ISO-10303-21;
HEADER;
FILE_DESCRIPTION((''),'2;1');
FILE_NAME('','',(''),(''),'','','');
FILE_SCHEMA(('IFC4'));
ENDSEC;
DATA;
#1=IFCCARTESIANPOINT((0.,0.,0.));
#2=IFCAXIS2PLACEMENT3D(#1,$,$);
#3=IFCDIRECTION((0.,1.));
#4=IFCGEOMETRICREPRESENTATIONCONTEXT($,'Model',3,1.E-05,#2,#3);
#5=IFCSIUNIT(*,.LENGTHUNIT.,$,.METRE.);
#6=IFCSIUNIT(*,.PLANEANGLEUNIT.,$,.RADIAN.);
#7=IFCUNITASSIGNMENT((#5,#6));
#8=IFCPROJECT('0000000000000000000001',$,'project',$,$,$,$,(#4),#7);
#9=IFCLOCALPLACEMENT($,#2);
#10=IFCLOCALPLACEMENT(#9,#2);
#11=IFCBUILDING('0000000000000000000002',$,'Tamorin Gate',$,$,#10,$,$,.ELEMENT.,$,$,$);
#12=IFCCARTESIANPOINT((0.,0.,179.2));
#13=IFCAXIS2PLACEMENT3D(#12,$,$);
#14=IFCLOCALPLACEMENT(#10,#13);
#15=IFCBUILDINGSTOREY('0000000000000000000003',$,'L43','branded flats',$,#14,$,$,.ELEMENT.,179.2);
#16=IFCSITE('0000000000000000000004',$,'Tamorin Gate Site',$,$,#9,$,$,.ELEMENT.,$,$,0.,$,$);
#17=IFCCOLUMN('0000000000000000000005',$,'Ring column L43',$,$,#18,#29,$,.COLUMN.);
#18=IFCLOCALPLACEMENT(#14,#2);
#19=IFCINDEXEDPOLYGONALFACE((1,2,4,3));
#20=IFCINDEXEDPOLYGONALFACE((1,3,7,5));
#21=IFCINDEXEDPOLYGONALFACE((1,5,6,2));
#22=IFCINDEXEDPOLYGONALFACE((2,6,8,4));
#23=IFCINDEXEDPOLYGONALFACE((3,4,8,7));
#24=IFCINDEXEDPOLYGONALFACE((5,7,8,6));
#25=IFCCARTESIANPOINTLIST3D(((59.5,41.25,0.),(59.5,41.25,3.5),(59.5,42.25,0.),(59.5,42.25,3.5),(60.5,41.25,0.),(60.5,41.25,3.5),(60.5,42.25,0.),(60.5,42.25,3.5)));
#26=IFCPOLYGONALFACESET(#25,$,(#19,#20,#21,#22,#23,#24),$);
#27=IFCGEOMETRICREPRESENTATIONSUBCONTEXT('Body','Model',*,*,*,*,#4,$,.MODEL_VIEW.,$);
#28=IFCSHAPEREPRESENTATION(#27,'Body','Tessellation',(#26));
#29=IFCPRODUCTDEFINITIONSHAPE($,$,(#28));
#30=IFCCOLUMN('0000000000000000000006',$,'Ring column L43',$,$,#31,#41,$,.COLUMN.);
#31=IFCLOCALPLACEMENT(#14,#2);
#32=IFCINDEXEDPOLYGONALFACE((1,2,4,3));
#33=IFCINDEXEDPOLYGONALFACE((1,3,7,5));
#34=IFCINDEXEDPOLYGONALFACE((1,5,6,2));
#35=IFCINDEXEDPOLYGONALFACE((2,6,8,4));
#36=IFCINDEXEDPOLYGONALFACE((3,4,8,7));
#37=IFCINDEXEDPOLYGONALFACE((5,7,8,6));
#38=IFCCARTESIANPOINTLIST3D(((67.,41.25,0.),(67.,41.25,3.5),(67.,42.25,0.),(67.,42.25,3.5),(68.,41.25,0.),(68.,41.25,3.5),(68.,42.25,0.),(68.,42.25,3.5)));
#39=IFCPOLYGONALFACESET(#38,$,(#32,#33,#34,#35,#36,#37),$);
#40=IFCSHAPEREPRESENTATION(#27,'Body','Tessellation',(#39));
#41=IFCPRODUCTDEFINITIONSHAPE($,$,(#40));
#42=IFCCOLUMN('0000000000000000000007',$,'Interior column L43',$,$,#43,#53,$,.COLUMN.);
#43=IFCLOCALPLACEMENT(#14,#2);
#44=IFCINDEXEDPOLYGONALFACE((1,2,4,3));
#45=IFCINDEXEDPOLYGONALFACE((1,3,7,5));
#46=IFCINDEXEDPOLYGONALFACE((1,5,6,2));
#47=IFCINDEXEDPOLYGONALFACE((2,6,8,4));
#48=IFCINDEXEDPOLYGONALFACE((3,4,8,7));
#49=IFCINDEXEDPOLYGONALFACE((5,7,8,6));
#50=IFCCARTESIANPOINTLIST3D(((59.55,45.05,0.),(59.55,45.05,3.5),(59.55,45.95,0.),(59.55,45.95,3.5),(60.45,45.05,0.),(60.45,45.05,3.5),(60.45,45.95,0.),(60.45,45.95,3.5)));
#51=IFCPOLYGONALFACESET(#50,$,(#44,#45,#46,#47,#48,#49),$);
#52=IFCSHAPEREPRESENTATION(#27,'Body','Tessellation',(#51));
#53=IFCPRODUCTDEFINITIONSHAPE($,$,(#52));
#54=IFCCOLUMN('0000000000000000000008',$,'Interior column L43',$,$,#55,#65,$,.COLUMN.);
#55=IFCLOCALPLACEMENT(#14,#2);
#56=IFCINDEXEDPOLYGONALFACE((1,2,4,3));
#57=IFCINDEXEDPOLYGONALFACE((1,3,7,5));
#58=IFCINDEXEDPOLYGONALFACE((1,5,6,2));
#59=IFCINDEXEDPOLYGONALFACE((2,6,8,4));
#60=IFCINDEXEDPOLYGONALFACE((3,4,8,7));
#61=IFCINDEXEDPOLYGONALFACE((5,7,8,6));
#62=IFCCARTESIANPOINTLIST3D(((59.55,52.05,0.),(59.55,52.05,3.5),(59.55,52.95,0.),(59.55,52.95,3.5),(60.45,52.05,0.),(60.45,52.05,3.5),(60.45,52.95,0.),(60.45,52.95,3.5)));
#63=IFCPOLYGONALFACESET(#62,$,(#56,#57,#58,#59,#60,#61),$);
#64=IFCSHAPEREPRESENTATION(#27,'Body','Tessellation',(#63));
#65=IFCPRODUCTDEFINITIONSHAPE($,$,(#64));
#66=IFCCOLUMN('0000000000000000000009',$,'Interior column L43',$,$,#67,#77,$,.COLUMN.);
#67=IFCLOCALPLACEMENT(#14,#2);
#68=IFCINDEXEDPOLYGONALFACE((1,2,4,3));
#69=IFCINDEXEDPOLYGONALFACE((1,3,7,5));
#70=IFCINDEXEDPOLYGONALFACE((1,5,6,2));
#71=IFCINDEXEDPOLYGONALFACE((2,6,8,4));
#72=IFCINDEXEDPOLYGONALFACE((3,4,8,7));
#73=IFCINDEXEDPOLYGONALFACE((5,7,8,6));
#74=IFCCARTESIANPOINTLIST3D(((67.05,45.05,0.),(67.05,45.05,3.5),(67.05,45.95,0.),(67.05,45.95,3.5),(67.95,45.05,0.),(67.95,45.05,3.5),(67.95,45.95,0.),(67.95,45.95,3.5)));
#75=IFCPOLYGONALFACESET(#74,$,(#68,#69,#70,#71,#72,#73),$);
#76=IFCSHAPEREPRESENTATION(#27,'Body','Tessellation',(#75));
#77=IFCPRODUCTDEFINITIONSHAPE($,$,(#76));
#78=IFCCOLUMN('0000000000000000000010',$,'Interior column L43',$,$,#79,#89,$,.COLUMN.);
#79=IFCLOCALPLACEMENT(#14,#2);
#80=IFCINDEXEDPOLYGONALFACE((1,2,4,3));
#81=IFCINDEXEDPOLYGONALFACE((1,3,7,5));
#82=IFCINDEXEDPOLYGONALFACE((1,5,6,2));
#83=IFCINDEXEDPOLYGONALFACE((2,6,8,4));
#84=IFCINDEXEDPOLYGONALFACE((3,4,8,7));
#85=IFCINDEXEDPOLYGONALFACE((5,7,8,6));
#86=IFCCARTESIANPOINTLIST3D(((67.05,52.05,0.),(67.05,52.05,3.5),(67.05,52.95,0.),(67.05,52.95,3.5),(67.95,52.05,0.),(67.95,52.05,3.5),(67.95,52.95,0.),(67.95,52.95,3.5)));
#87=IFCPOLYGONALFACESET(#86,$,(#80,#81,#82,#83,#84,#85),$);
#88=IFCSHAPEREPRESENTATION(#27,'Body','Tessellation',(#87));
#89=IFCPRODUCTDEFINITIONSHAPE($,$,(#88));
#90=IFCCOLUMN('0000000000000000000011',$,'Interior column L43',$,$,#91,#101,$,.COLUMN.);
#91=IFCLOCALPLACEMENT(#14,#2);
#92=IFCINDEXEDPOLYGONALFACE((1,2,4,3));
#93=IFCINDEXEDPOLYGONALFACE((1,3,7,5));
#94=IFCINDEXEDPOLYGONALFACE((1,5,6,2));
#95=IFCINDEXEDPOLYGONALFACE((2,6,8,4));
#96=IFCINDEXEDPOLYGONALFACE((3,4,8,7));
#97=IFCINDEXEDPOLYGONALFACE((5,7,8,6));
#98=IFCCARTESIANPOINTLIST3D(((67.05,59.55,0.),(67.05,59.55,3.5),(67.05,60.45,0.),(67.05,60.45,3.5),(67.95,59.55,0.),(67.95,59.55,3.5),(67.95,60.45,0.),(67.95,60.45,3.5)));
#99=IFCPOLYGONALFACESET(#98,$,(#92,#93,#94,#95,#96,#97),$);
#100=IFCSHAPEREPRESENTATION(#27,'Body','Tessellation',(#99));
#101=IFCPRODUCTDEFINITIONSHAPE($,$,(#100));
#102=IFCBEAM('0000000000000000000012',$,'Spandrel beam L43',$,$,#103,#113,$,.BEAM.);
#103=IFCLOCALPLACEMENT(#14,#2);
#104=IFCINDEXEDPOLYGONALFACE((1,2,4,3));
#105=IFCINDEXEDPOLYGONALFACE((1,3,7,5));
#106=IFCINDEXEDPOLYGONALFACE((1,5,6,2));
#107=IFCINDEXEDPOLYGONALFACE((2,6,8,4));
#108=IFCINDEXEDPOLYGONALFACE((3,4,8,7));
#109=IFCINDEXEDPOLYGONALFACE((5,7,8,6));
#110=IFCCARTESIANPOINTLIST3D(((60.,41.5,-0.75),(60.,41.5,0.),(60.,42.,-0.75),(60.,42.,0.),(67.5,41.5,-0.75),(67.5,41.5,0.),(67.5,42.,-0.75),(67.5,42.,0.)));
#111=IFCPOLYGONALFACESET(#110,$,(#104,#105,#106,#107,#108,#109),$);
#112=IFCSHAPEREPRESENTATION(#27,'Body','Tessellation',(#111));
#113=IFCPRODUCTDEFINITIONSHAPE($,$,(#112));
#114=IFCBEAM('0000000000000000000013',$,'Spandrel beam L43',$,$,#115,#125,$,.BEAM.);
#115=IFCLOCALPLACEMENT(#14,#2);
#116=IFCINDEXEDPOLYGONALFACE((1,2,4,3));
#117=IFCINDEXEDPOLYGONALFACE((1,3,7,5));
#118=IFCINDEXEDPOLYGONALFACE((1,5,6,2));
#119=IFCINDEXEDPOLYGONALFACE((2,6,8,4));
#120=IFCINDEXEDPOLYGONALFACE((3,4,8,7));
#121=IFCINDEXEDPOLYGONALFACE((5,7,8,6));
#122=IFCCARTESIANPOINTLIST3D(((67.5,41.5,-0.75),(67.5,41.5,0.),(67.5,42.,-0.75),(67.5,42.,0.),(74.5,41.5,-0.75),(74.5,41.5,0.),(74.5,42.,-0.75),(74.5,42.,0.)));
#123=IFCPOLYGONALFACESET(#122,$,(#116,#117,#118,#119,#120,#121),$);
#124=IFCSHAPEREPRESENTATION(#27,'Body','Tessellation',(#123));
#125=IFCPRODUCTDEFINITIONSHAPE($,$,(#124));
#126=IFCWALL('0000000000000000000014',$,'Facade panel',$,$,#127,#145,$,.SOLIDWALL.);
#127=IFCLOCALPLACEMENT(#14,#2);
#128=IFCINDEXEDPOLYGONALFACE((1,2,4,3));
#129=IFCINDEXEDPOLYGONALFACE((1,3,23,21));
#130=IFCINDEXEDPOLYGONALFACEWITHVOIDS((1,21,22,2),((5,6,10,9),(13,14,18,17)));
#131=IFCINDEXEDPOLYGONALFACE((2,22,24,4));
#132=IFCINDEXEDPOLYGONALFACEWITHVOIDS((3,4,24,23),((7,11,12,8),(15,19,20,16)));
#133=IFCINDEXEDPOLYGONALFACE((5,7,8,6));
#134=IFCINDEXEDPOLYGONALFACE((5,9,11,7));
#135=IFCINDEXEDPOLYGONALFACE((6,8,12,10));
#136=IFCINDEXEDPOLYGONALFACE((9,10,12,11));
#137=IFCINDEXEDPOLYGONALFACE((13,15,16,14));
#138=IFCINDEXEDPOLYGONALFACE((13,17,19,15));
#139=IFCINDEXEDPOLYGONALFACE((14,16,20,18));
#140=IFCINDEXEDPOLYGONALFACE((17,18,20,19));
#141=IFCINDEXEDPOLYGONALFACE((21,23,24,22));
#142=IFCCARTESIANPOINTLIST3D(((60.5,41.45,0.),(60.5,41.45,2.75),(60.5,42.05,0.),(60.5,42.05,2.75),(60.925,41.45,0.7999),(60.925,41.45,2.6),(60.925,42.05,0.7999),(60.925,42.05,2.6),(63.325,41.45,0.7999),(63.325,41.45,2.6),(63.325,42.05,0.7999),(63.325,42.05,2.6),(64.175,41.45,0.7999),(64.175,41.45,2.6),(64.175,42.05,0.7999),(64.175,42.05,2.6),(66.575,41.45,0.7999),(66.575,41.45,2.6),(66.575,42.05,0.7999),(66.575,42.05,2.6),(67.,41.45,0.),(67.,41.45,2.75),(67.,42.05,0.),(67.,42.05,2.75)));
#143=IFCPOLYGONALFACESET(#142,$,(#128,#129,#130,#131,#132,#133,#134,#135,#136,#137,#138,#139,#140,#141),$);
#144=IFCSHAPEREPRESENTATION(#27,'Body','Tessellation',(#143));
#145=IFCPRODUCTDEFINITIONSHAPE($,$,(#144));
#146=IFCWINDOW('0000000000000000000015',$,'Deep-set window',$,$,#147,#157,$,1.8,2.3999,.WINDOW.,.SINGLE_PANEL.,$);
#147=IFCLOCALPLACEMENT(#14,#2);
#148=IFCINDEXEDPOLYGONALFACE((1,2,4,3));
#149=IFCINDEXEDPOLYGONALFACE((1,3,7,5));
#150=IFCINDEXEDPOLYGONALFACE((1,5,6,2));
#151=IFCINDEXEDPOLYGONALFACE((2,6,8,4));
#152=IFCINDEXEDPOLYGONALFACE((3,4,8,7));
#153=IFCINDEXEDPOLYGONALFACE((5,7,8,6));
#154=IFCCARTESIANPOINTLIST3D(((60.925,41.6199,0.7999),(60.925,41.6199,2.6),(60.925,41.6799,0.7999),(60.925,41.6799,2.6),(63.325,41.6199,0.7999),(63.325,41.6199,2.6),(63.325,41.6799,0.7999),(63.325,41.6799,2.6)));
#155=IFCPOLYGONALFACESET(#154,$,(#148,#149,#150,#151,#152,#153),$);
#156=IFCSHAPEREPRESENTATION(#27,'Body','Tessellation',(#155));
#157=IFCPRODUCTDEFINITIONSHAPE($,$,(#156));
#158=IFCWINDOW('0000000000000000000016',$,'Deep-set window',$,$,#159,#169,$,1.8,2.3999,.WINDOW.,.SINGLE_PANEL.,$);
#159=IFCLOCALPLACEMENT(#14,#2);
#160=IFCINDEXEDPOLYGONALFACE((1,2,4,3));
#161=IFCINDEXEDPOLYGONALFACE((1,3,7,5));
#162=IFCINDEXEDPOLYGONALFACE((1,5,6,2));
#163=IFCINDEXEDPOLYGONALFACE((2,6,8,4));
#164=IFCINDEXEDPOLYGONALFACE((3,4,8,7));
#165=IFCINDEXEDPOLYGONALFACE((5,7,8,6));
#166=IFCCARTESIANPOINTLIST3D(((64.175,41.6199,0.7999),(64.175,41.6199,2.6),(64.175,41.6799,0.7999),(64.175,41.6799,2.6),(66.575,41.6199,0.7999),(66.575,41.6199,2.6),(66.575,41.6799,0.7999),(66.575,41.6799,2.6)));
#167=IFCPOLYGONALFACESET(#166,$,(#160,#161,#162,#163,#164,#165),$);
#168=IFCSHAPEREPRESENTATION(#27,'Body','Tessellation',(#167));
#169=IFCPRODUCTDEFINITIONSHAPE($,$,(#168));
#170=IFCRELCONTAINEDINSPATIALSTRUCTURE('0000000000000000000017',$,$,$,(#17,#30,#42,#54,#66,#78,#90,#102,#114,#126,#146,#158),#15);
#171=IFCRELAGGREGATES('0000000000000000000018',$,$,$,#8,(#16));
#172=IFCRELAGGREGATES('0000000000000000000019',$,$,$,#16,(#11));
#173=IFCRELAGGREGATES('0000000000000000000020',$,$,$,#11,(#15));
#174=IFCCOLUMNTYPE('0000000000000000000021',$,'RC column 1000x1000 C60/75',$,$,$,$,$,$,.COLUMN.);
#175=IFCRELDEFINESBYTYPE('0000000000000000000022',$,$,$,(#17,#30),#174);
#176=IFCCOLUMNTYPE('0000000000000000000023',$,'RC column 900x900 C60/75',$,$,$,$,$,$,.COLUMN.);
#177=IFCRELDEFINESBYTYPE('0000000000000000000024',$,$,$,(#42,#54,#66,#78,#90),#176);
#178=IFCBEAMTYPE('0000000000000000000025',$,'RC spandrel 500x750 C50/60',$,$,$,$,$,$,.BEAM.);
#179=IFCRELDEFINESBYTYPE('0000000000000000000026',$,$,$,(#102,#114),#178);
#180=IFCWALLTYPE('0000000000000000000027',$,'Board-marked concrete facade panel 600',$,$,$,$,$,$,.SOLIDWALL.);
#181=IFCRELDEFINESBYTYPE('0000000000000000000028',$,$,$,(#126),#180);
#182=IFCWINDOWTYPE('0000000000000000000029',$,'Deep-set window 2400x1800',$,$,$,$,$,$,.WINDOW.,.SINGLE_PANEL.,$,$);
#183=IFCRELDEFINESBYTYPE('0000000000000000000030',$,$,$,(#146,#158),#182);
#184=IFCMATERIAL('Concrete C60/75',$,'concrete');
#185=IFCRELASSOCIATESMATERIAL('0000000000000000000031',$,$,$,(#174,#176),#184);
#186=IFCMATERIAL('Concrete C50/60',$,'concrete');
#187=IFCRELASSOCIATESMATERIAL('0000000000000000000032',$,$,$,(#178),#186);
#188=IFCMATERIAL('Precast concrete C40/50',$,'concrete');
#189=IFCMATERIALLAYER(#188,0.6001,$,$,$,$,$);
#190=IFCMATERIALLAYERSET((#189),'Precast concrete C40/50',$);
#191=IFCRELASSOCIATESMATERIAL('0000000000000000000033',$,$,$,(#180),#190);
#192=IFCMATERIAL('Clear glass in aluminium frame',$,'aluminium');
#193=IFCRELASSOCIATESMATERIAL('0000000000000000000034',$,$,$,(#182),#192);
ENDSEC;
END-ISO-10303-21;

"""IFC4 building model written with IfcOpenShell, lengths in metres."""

from ifc_helpers import new_model, si_unit, direction, frame, frame_2d, origin, origin_2d, place, context, subcontext, project, spatial, rectangle, extrude, material, layer, layer_set, material_profile, profile_set, type_object, element, fill, save


model = new_model("IFC4")

# Units and contexts
model_context = context("Model", 3, precision=1e-05, world=origin(), true_north=direction((0.0, 1.0)))
body_context = subcontext(model_context, "Body", "Model", "MODEL_VIEW")
ifc_project = project(units=[si_unit("LENGTHUNIT", "METRE"), si_unit("PLANEANGLEUNIT", "RADIAN")], contexts=[model_context])

# Site, building, storey
site_placement = place(None, origin())
site = spatial("IfcSite", under=ifc_project, at=site_placement, Name="Tamorin Gate Site", CompositionType="ELEMENT", RefElevation=0.0)
building_placement = place(site_placement, origin())
building = spatial("IfcBuilding", under=site, at=building_placement, Name="Tamorin Gate", CompositionType="ELEMENT")
storey_placement = place(building_placement, frame((0.0, 0.0, 179.2)))
storey = spatial("IfcBuildingStorey", under=building, at=storey_placement, Name="L43", Description="branded flats", CompositionType="ELEMENT", Elevation=179.2)

# Columns
ifc_material_1 = material(Name="Concrete C60/75", Category="concrete")
ifc_material_profile_1 = material_profile(ifc_material_1, rectangle(XDim=1.0, YDim=1.0, at=origin_2d()), Name="RC 1000x1000")
ifc_profile_set_1 = profile_set([ifc_material_profile_1], Name="Concrete C60/75")
column_type_1 = type_object("IfcColumnType", Name="RC column 1000x1000 C60/75", PredefinedType="COLUMN", material=ifc_profile_set_1)
for number, where, z_axis, x_axis, name in (
    (1, (60.0, 41.75, 0.0), (0.0, 0.0, 1.0), (1.0, 0.0, 0.0), "Ring column L43"),
    (2, (67.5, 41.75, 0.0), (0.0, 0.0, 1.0), (1.0, 0.0, 0.0), "Ring column L43"),
):
    element("IfcColumn", number, at=place(storey_placement, frame(where, z_axis=z_axis, x_axis=x_axis)), inside=storey, type_object=column_type_1, Name=name, PredefinedType="COLUMN", context=body_context, shape_type="SweptSolid", body=[
        extrude(rectangle(XDim=1.0, YDim=1.0, at=origin_2d()), origin(), (0.0, 0.0, 1.0), 3.5),
    ])
ifc_material_profile_2 = material_profile(ifc_material_1, rectangle(XDim=0.8999, YDim=0.8999, at=origin_2d()), Name="RC 900x900")
ifc_profile_set_2 = profile_set([ifc_material_profile_2], Name="Concrete C60/75")
column_type_2 = type_object("IfcColumnType", Name="RC column 900x900 C60/75", PredefinedType="COLUMN", material=ifc_profile_set_2)
for number, where, z_axis, x_axis, name in (
    (3, (60.0, 45.5, 0.0), (0.0, 0.0, 1.0), (1.0, 0.0, 0.0), "Interior column L43"),
    (4, (60.0, 52.5, 0.0), (0.0, 0.0, 1.0), (1.0, 0.0, 0.0), "Interior column L43"),
    (5, (67.5, 45.5, 0.0), (0.0, 0.0, 1.0), (1.0, 0.0, 0.0), "Interior column L43"),
    (6, (67.5, 52.5, 0.0), (0.0, 0.0, 1.0), (1.0, 0.0, 0.0), "Interior column L43"),
    (7, (67.5, 60.0, 0.0), (0.0, 0.0, 1.0), (1.0, 0.0, 0.0), "Interior column L43"),
):
    element("IfcColumn", number, at=place(storey_placement, frame(where, z_axis=z_axis, x_axis=x_axis)), inside=storey, type_object=column_type_2, Name=name, PredefinedType="COLUMN", context=body_context, shape_type="SweptSolid", body=[
        extrude(rectangle(XDim=0.8999, YDim=0.8999, at=origin_2d()), origin(), (0.0, 0.0, 1.0), 3.5),
    ])

# Beams
ifc_material_2 = material(Name="Concrete C50/60", Category="concrete")
ifc_material_profile_3 = material_profile(ifc_material_2, rectangle(XDim=0.5, YDim=0.75, at=origin_2d()), Name="RC 500x750")
ifc_profile_set_3 = profile_set([ifc_material_profile_3], Name="Concrete C50/60")
beam_type = type_object("IfcBeamType", Name="RC spandrel 500x750 C50/60", PredefinedType="BEAM", material=ifc_profile_set_3)
beam_1_placement = place(storey_placement, frame((60.0, 41.75, -0.375), z_axis=(1.0, 0.0, 0.0), x_axis=(0.0, 1.0, 0.0)))
element("IfcBeam", 8, at=beam_1_placement, inside=storey, type_object=beam_type, Name="Spandrel beam L43", PredefinedType="BEAM", context=body_context, shape_type="SweptSolid", body=[
    extrude(rectangle(XDim=0.5, YDim=0.75, at=origin_2d()), origin(), (0.0, 0.0, 1.0), 7.5),
])
beam_2_placement = place(storey_placement, frame((67.5, 41.75, -0.375), z_axis=(1.0, 0.0, 0.0), x_axis=(0.0, 1.0, 0.0)))
element("IfcBeam", 9, at=beam_2_placement, inside=storey, type_object=beam_type, Name="Spandrel beam L43", PredefinedType="BEAM", context=body_context, shape_type="SweptSolid", body=[
    extrude(rectangle(XDim=0.5, YDim=0.75, at=origin_2d()), origin(), (0.0, 0.0, 1.0), 7.0),
])

# Wall, openings, windows
ifc_material_3 = material(Name="Precast concrete C40/50", Category="concrete")
ifc_layer_1 = layer(ifc_material_3, 0.6001)
ifc_layer_set_1 = layer_set([ifc_layer_1], Name="Precast concrete C40/50")
wall_type_1 = type_object("IfcWallType", Name="Board-marked concrete facade panel 600", PredefinedType="SOLIDWALL", material=ifc_layer_set_1)
wall_1_placement = place(storey_placement, frame((60.5, 41.75, 0.0), z_axis=(0.0, 0.0, 1.0), x_axis=(1.0, 0.0, 0.0)))
wall_1 = element("IfcWall", 10, at=wall_1_placement, inside=storey, type_object=wall_type_1, Name="Facade panel", PredefinedType="SOLIDWALL", context=body_context, shape_type="SweptSolid", body=[
    extrude(rectangle(XDim=6.5, YDim=0.6001, at=frame_2d((3.25, 0.0))), origin(), (0.0, 0.0, 1.0), 2.75),
])
opening_1_placement = place(wall_1_placement, frame((0.425, 0.0, 0.8)))
opening_1 = element("IfcOpeningElement", 11, at=opening_1_placement, cuts=wall_1, PredefinedType="OPENING", context=body_context, shape_type="SweptSolid", body=[
    extrude(rectangle(XDim=2.3999, YDim=1.8, at=frame_2d((1.2, 0.8999))), frame((0.0, 0.3101, 0.0), z_axis=(0.0, -1.0, 0.0), x_axis=(1.0, 0.0, 0.0)), (0.0, 0.0, 1.0), 0.6201),
])
opening_2_placement = place(wall_1_placement, frame((3.675, 0.0, 0.8)))
opening_2 = element("IfcOpeningElement", 12, at=opening_2_placement, cuts=wall_1, PredefinedType="OPENING", context=body_context, shape_type="SweptSolid", body=[
    extrude(rectangle(XDim=2.3999, YDim=1.8, at=frame_2d((1.2, 0.8999))), frame((0.0, 0.3101, 0.0), z_axis=(0.0, -1.0, 0.0), x_axis=(1.0, 0.0, 0.0)), (0.0, 0.0, 1.0), 0.6201),
])
ifc_material_4 = material(Name="Clear glass in aluminium frame", Category="aluminium")
window_type = type_object("IfcWindowType", Name="Deep-set window 2400x1800", PartitioningType="SINGLE_PANEL", PredefinedType="WINDOW", material=ifc_material_4)
window_1_placement = place(opening_1_placement, origin())
window_1 = element("IfcWindow", 13, at=window_1_placement, inside=storey, type_object=window_type, Name="Deep-set window", OverallHeight=1.8, OverallWidth=2.3999, PartitioningType="SINGLE_PANEL", PredefinedType="WINDOW", context=body_context, shape_type="SweptSolid", body=[
    extrude(rectangle(XDim=2.3999, YDim=1.8, at=frame_2d((1.2, 0.8999))), frame((0.0, -0.0701, 0.0), z_axis=(0.0, -1.0, 0.0), x_axis=(1.0, 0.0, 0.0)), (0.0, 0.0, 1.0), 0.0601),
])
fill(opening_1, window_1)
window_2_placement = place(opening_2_placement, origin())
window_2 = element("IfcWindow", 14, at=window_2_placement, inside=storey, type_object=window_type, Name="Deep-set window", OverallHeight=1.8, OverallWidth=2.3999, PartitioningType="SINGLE_PANEL", PredefinedType="WINDOW", context=body_context, shape_type="SweptSolid", body=[
    extrude(rectangle(XDim=2.3999, YDim=1.8, at=frame_2d((1.2, 0.8999))), frame((0.0, -0.0701, 0.0), z_axis=(0.0, -1.0, 0.0), x_axis=(1.0, 0.0, 0.0)), (0.0, 0.0, 1.0), 0.0601),
])
fill(opening_2, window_2)

save(model, "model.ifc")
